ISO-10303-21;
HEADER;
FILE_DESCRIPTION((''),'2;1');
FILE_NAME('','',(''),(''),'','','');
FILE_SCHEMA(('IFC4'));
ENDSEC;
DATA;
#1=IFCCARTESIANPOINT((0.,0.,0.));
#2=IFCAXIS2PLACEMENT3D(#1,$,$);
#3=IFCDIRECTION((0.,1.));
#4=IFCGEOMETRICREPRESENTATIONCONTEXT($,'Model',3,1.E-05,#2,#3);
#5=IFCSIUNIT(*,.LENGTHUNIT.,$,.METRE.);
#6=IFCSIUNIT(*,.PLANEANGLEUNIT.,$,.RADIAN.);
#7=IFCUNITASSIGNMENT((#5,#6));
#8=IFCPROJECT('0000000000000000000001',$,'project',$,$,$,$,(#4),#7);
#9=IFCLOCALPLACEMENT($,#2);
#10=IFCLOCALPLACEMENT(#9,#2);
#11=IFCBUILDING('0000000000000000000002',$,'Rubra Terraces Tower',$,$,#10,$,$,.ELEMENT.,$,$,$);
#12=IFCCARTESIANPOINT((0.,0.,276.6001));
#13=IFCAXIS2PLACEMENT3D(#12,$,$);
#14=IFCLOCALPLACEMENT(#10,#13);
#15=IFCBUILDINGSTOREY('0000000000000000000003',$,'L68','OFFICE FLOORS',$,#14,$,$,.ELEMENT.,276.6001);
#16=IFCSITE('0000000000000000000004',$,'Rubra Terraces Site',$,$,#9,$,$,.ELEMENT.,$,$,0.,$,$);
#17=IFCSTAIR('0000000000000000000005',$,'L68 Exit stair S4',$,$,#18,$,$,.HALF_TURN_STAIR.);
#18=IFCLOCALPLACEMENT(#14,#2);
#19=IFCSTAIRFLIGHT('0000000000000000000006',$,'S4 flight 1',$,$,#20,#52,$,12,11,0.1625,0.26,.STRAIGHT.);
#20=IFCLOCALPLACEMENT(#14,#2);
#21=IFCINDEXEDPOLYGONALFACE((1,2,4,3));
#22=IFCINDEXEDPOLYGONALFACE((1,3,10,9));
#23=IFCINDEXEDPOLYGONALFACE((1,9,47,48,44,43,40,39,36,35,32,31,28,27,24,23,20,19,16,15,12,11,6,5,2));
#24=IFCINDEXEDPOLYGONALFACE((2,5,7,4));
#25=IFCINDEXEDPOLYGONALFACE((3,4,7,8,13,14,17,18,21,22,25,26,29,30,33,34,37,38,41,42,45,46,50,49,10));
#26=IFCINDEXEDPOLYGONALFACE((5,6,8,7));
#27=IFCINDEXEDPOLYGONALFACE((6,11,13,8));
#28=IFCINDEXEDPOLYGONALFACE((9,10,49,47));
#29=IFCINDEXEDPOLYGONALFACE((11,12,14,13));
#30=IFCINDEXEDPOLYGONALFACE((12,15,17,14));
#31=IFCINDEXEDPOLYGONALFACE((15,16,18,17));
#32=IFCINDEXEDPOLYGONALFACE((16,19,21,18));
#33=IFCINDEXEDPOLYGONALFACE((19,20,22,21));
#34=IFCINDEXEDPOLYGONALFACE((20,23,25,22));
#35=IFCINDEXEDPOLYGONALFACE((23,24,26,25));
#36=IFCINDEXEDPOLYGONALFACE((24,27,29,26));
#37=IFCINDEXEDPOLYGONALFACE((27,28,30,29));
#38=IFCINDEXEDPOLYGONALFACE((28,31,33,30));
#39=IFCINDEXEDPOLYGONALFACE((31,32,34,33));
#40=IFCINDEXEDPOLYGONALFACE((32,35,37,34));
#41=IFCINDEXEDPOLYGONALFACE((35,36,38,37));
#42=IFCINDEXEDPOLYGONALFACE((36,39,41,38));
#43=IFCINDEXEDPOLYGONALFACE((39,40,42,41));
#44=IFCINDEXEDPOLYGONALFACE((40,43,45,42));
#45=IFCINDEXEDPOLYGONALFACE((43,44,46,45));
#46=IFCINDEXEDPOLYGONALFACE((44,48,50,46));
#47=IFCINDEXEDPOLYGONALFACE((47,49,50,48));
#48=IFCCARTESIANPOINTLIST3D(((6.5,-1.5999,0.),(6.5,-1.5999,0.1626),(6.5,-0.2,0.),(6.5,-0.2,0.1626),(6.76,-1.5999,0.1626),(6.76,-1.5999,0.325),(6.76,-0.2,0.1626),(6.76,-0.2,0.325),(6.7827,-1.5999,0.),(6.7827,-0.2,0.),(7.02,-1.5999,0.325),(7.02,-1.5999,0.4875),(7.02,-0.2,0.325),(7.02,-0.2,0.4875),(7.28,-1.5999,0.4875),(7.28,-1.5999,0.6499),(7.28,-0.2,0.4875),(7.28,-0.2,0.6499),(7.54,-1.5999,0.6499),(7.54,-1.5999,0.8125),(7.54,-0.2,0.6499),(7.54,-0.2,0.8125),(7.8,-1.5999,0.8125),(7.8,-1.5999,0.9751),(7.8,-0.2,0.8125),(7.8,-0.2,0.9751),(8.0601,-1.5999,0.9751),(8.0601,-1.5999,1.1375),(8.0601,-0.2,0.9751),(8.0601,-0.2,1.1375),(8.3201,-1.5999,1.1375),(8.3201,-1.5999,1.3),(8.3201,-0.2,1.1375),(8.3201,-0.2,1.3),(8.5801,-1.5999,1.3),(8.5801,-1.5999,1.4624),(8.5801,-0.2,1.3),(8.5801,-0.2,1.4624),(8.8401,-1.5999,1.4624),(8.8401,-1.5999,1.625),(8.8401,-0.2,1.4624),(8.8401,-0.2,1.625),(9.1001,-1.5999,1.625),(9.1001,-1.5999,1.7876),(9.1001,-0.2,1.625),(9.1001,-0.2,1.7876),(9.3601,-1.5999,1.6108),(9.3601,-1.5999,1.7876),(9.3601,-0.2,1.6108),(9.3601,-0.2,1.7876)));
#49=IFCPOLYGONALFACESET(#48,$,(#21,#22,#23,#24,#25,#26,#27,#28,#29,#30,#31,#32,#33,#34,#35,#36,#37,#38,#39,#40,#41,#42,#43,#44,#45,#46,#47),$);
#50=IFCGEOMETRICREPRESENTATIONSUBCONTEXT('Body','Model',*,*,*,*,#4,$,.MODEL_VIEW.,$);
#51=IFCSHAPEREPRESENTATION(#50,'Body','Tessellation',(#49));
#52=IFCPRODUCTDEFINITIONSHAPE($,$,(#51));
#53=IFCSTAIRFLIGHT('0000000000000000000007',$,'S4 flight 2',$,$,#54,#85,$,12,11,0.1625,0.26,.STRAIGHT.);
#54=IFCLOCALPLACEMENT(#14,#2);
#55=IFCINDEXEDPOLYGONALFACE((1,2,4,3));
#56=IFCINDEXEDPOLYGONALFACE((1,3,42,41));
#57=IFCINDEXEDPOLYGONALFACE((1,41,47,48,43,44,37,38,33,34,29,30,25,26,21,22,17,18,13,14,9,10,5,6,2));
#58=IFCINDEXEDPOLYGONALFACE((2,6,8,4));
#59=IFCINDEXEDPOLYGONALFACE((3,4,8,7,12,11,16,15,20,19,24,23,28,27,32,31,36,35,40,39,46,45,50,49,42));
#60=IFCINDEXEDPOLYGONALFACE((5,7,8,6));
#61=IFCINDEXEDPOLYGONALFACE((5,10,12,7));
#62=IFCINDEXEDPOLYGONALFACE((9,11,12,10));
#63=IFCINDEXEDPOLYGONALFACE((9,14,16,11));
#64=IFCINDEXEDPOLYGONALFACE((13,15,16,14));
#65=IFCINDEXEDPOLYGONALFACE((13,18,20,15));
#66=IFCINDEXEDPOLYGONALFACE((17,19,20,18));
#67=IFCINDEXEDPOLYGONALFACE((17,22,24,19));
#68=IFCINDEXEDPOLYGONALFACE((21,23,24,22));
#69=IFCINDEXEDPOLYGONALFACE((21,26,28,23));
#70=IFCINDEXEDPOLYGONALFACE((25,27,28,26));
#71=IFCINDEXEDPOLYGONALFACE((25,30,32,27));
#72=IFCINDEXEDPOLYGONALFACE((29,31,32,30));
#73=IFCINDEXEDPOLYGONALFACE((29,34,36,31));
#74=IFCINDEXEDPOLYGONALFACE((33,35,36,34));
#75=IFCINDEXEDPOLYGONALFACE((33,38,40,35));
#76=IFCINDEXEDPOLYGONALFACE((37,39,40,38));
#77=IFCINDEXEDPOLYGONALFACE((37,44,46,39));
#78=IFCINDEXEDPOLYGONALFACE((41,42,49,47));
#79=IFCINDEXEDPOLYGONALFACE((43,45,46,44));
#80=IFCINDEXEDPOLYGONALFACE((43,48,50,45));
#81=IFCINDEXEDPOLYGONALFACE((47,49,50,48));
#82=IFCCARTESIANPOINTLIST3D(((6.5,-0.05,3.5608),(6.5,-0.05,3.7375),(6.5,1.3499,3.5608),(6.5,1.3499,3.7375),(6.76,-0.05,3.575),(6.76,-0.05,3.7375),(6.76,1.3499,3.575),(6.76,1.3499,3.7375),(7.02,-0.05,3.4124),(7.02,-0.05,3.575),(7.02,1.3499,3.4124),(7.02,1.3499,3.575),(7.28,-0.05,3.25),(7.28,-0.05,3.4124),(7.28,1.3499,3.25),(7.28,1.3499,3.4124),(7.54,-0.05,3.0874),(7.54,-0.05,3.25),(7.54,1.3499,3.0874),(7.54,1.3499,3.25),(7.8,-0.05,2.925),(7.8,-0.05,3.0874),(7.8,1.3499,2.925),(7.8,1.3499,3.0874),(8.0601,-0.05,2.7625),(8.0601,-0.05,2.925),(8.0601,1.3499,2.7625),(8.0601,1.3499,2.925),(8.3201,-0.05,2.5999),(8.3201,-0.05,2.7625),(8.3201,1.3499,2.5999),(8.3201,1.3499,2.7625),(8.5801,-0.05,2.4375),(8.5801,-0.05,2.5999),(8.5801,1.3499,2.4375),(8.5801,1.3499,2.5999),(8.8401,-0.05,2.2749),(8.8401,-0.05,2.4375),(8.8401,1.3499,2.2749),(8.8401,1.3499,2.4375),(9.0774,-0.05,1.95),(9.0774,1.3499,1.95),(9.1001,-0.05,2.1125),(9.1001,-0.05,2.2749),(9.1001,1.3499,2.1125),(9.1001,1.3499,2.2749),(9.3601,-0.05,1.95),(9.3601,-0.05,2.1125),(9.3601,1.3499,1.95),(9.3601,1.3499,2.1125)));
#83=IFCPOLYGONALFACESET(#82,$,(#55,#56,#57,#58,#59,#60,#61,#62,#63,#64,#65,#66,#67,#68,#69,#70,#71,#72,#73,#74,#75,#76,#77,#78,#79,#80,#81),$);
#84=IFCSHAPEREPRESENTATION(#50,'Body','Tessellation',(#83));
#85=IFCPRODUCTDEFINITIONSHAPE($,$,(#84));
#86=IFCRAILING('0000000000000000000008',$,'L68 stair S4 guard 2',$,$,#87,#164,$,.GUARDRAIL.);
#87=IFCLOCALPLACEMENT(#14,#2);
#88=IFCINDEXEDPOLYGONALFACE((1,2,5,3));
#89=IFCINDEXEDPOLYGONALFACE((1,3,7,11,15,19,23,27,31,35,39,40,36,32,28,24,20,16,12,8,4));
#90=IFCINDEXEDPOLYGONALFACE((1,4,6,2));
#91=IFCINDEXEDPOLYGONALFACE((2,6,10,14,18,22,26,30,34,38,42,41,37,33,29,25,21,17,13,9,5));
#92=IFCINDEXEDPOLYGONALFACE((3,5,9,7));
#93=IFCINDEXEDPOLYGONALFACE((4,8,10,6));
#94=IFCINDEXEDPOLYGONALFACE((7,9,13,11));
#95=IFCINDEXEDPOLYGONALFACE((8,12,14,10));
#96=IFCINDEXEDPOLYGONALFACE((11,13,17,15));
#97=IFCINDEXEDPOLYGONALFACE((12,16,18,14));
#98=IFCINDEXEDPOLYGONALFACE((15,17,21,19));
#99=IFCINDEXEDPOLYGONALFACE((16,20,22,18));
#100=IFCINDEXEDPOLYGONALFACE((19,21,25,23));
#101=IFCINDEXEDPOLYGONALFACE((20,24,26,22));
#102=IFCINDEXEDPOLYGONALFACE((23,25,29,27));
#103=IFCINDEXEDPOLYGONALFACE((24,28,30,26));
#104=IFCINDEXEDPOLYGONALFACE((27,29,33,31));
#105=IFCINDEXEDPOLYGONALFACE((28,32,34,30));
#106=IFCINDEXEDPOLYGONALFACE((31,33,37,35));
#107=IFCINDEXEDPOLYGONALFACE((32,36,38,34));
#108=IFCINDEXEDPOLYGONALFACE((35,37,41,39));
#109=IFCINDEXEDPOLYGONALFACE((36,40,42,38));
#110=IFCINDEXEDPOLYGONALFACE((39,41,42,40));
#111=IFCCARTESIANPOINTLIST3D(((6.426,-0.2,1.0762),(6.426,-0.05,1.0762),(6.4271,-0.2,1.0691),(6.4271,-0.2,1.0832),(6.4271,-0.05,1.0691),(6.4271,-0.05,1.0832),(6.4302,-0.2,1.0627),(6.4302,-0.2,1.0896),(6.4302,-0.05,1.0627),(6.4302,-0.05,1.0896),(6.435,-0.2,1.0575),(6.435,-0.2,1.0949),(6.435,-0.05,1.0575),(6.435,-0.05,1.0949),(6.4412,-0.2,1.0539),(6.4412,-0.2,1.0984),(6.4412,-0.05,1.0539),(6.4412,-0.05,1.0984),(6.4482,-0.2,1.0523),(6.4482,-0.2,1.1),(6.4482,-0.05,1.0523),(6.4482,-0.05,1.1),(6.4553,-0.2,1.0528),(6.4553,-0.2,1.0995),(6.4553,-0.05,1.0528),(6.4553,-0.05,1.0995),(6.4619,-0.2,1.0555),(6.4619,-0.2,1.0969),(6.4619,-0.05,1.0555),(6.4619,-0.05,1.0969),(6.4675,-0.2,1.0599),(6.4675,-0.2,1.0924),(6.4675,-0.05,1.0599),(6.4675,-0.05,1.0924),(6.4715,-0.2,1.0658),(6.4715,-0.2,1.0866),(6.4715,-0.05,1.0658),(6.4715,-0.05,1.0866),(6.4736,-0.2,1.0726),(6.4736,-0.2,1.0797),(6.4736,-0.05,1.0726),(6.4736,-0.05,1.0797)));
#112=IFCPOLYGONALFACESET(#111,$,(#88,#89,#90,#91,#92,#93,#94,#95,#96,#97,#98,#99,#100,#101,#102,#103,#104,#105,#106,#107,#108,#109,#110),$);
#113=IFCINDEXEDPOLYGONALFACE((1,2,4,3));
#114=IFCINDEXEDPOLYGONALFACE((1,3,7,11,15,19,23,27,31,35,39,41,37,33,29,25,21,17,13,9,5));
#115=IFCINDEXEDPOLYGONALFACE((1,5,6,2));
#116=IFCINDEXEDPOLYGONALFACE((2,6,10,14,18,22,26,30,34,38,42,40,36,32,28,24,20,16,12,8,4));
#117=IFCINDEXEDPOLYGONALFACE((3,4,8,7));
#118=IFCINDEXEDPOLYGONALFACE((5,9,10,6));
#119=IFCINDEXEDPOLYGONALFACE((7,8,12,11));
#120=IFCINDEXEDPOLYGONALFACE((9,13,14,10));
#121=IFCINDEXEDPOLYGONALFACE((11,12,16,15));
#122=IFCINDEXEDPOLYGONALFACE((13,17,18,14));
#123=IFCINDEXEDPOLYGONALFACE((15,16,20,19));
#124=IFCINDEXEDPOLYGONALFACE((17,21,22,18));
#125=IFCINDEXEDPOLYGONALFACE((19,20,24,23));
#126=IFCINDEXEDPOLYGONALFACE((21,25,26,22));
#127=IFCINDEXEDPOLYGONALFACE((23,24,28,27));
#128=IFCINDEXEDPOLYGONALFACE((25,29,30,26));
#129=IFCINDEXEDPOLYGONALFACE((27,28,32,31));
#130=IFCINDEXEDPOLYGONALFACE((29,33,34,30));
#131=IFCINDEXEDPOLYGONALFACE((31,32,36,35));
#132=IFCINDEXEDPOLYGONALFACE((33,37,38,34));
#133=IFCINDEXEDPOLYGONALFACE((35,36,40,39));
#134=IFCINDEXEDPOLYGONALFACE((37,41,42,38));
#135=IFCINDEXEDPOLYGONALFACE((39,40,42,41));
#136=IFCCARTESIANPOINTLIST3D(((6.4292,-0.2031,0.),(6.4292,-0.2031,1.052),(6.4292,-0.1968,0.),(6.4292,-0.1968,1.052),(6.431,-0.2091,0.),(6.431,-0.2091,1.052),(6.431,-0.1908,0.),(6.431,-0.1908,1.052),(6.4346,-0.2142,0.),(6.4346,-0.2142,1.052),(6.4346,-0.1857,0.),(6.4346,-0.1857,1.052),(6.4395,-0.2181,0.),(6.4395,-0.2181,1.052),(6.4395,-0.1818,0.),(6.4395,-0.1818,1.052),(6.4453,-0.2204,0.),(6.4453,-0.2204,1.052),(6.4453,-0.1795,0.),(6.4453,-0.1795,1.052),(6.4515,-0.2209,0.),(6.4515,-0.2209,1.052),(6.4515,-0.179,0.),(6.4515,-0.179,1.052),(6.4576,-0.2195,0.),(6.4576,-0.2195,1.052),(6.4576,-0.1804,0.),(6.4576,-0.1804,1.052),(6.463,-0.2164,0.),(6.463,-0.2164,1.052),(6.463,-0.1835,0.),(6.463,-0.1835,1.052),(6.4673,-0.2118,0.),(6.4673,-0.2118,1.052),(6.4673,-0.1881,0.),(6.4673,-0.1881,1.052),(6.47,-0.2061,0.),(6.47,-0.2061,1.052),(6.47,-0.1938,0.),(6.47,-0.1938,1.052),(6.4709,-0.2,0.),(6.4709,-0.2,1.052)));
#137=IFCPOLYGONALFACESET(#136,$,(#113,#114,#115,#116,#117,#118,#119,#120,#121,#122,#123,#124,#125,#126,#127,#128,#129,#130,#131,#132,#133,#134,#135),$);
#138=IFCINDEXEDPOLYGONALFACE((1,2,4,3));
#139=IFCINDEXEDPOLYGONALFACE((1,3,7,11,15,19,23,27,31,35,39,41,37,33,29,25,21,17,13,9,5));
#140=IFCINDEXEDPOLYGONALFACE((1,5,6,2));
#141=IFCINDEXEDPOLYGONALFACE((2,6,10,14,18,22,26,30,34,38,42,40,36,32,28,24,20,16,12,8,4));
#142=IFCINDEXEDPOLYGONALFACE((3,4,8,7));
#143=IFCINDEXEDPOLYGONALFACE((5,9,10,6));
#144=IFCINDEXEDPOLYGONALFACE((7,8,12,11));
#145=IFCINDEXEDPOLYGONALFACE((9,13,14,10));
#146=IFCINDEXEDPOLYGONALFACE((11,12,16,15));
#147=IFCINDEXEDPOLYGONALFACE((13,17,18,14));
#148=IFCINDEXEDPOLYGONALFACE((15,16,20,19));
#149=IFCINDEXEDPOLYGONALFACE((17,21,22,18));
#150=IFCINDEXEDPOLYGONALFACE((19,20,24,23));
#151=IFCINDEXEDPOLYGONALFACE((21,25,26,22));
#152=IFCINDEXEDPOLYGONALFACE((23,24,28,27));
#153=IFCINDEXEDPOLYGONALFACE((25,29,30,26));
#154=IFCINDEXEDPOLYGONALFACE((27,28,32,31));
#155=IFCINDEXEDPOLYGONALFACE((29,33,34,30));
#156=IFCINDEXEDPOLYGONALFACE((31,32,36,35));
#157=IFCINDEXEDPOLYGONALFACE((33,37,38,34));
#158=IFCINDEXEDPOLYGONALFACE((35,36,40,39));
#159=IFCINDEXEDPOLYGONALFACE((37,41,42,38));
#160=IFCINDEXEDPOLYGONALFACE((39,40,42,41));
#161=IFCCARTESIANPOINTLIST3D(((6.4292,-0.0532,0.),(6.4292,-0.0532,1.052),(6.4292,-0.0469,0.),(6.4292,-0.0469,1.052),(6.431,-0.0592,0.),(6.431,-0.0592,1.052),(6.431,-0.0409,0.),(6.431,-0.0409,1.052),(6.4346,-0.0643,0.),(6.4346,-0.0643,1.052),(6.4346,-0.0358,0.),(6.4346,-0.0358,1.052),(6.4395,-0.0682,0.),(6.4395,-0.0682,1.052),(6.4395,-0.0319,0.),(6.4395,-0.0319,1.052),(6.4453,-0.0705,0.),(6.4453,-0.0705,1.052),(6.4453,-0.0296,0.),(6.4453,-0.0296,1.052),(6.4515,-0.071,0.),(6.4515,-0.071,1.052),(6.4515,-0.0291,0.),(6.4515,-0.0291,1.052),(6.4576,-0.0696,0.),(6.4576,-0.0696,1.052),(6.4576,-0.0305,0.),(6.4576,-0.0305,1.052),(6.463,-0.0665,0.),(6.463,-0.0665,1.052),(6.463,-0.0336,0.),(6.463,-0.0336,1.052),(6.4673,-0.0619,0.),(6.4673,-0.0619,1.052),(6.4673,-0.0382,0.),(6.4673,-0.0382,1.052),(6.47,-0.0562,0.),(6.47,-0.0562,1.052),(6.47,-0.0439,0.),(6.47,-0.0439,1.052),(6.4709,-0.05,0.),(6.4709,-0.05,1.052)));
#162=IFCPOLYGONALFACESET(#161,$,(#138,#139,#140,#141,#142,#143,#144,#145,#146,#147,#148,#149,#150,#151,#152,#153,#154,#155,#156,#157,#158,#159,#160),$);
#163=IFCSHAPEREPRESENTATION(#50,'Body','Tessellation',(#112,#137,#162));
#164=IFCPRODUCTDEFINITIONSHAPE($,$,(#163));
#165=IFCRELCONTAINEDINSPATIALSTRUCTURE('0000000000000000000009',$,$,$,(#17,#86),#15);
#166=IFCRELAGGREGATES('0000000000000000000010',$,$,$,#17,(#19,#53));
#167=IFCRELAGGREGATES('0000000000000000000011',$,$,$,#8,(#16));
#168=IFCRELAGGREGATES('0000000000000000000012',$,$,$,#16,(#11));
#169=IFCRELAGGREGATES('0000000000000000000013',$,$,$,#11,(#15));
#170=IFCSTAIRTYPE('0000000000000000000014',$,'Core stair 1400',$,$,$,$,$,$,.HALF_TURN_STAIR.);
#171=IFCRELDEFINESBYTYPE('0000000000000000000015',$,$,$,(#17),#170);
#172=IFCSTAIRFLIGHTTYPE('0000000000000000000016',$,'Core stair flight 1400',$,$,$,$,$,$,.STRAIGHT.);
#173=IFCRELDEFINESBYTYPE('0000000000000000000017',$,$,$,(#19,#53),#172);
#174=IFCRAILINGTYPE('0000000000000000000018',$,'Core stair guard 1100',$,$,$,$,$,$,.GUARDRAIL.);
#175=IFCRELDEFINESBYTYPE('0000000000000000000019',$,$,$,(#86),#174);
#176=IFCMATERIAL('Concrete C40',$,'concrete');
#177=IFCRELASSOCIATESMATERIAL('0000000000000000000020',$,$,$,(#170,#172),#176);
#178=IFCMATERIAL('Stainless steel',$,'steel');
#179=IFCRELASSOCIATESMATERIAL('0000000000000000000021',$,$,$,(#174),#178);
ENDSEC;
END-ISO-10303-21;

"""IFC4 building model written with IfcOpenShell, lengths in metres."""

from ifc_helpers import new_model, si_unit, direction, frame, origin, origin_2d, place, context, subcontext, project, spatial, polyline, circle, outline, extrude, material, type_object, element, aggregate, save


model = new_model("IFC4")

# Units and contexts
model_context = context("Model", 3, precision=1e-05, world=origin(), true_north=direction((0.0, 1.0)))
body_context = subcontext(model_context, "Body", "Model", "MODEL_VIEW")
ifc_project = project(units=[si_unit("LENGTHUNIT", "METRE"), si_unit("PLANEANGLEUNIT", "RADIAN")], contexts=[model_context])

# Site, building, storey
site_placement = place(None, origin())
site = spatial("IfcSite", under=ifc_project, at=site_placement, Name="Rubra Terraces Site", CompositionType="ELEMENT", RefElevation=0.0)
building_placement = place(site_placement, origin())
building = spatial("IfcBuilding", under=site, at=building_placement, Name="Rubra Terraces Tower", CompositionType="ELEMENT")
storey_placement = place(building_placement, frame((0.0, 0.0, 276.6001)))
storey = spatial("IfcBuildingStorey", under=building, at=storey_placement, Name="L68", Description="OFFICE FLOORS", CompositionType="ELEMENT", Elevation=276.6001)

# Shared definitions
ifc_material_1 = material(Name="Concrete C40", Category="concrete")

# Stair
stair_type = type_object("IfcStairType", Name="Core stair 1400", PredefinedType="HALF_TURN_STAIR", material=ifc_material_1)
stair_1_placement = place(storey_placement, origin())
stair_1 = element("IfcStair", 1, at=stair_1_placement, inside=storey, type_object=stair_type, Name="L68 Exit stair S4", PredefinedType="HALF_TURN_STAIR")

# Stair flights
stair_flight_type = type_object("IfcStairFlightType", Name="Core stair flight 1400", PredefinedType="STRAIGHT", material=ifc_material_1)
stair_flight_1_placement = place(storey_placement, frame((6.5, -0.8999, 0.0), z_axis=(0.0, 0.0, 1.0), x_axis=(1.0, 0.0, 0.0)))
stair_flight_1 = element("IfcStairFlight", 2, at=stair_flight_1_placement, type_object=stair_flight_type, Name="S4 flight 1", NumberOfRisers=12, NumberOfTreads=11, PredefinedType="STRAIGHT", RiserHeight=0.1625, TreadLength=0.26, context=body_context, shape_type="SweptSolid", body=[
    extrude(outline(polyline([(0.0, 0.0), (0.0, 0.1626), (0.26, 0.1626), (0.26, 0.325), (0.52, 0.325), (0.52, 0.4875), (0.78, 0.4875), (0.78, 0.6499), (1.04, 0.6499), (1.04, 0.8125), (1.3, 0.8125), (1.3, 0.9751), (1.5601, 0.9751), (1.5601, 1.1375), (1.8201, 1.1375), (1.8201, 1.3), (2.0801, 1.3), (2.0801, 1.4624), (2.3401, 1.4624), (2.3401, 1.625), (2.6001, 1.625), (2.6001, 1.7876), (2.8601, 1.7876), (2.8601, 1.95), (2.8601, 1.6108), (0.2827, 0.0), (0.0, 0.0)])), frame((0.0, 0.7, 0.0), z_axis=(0.0, -1.0, 0.0), x_axis=(1.0, 0.0, 0.0)), (0.0, 0.0, 1.0), 1.3999),
])
stair_flight_2_placement = place(storey_placement, frame((9.3601, 0.6499, 1.95), z_axis=(0.0, 0.0, 1.0), x_axis=(-1.0, 0.0, 0.0)))
stair_flight_2 = element("IfcStairFlight", 3, at=stair_flight_2_placement, type_object=stair_flight_type, Name="S4 flight 2", NumberOfRisers=12, NumberOfTreads=11, PredefinedType="STRAIGHT", RiserHeight=0.1625, TreadLength=0.26, context=body_context, shape_type="SweptSolid", body=[
    extrude(outline(polyline([(0.0, 0.0), (0.0, 0.1626), (0.26, 0.1626), (0.26, 0.325), (0.52, 0.325), (0.52, 0.4875), (0.78, 0.4875), (0.78, 0.6499), (1.04, 0.6499), (1.04, 0.8125), (1.3, 0.8125), (1.3, 0.9751), (1.5601, 0.9751), (1.5601, 1.1375), (1.8201, 1.1375), (1.8201, 1.3), (2.0801, 1.3), (2.0801, 1.4624), (2.3401, 1.4624), (2.3401, 1.625), (2.6001, 1.625), (2.6001, 1.7876), (2.8601, 1.7876), (2.8601, 1.95), (2.8601, 1.6108), (0.2827, 0.0), (0.0, 0.0)])), frame((0.0, 0.7, 0.0), z_axis=(0.0, -1.0, 0.0), x_axis=(1.0, 0.0, 0.0)), (0.0, 0.0, 1.0), 1.3999),
])
aggregate(stair_1, [stair_flight_1, stair_flight_2])

# Railing
ifc_material_2 = material(Name="Stainless steel", Category="steel")
railing_type_1 = type_object("IfcRailingType", Name="Core stair guard 1100", PredefinedType="GUARDRAIL", material=ifc_material_2)
railing_1_placement = place(storey_placement, frame((6.45, -0.2, 0.0)))
element("IfcRailing", 4, at=railing_1_placement, inside=storey, type_object=railing_type_1, Name="L68 stair S4 guard 2", PredefinedType="GUARDRAIL", context=body_context, shape_type="SweptSolid", body=[
    extrude(circle(Radius=0.0239, at=origin_2d()), frame((0.0, 0.0, 1.0762), z_axis=(0.0, 1.0, 0.0), x_axis=(-1.0, 0.0, 0.0)), (0.0, 0.0, 1.0), 0.1499),
    extrude(circle(Radius=0.021, at=origin_2d()), origin(), (0.0, 0.0, 1.0), 1.052),
    extrude(circle(Radius=0.021, at=origin_2d()), frame((0.0, 0.1499, 0.0)), (0.0, 0.0, 1.0), 1.052),
])

save(model, "model.ifc")
